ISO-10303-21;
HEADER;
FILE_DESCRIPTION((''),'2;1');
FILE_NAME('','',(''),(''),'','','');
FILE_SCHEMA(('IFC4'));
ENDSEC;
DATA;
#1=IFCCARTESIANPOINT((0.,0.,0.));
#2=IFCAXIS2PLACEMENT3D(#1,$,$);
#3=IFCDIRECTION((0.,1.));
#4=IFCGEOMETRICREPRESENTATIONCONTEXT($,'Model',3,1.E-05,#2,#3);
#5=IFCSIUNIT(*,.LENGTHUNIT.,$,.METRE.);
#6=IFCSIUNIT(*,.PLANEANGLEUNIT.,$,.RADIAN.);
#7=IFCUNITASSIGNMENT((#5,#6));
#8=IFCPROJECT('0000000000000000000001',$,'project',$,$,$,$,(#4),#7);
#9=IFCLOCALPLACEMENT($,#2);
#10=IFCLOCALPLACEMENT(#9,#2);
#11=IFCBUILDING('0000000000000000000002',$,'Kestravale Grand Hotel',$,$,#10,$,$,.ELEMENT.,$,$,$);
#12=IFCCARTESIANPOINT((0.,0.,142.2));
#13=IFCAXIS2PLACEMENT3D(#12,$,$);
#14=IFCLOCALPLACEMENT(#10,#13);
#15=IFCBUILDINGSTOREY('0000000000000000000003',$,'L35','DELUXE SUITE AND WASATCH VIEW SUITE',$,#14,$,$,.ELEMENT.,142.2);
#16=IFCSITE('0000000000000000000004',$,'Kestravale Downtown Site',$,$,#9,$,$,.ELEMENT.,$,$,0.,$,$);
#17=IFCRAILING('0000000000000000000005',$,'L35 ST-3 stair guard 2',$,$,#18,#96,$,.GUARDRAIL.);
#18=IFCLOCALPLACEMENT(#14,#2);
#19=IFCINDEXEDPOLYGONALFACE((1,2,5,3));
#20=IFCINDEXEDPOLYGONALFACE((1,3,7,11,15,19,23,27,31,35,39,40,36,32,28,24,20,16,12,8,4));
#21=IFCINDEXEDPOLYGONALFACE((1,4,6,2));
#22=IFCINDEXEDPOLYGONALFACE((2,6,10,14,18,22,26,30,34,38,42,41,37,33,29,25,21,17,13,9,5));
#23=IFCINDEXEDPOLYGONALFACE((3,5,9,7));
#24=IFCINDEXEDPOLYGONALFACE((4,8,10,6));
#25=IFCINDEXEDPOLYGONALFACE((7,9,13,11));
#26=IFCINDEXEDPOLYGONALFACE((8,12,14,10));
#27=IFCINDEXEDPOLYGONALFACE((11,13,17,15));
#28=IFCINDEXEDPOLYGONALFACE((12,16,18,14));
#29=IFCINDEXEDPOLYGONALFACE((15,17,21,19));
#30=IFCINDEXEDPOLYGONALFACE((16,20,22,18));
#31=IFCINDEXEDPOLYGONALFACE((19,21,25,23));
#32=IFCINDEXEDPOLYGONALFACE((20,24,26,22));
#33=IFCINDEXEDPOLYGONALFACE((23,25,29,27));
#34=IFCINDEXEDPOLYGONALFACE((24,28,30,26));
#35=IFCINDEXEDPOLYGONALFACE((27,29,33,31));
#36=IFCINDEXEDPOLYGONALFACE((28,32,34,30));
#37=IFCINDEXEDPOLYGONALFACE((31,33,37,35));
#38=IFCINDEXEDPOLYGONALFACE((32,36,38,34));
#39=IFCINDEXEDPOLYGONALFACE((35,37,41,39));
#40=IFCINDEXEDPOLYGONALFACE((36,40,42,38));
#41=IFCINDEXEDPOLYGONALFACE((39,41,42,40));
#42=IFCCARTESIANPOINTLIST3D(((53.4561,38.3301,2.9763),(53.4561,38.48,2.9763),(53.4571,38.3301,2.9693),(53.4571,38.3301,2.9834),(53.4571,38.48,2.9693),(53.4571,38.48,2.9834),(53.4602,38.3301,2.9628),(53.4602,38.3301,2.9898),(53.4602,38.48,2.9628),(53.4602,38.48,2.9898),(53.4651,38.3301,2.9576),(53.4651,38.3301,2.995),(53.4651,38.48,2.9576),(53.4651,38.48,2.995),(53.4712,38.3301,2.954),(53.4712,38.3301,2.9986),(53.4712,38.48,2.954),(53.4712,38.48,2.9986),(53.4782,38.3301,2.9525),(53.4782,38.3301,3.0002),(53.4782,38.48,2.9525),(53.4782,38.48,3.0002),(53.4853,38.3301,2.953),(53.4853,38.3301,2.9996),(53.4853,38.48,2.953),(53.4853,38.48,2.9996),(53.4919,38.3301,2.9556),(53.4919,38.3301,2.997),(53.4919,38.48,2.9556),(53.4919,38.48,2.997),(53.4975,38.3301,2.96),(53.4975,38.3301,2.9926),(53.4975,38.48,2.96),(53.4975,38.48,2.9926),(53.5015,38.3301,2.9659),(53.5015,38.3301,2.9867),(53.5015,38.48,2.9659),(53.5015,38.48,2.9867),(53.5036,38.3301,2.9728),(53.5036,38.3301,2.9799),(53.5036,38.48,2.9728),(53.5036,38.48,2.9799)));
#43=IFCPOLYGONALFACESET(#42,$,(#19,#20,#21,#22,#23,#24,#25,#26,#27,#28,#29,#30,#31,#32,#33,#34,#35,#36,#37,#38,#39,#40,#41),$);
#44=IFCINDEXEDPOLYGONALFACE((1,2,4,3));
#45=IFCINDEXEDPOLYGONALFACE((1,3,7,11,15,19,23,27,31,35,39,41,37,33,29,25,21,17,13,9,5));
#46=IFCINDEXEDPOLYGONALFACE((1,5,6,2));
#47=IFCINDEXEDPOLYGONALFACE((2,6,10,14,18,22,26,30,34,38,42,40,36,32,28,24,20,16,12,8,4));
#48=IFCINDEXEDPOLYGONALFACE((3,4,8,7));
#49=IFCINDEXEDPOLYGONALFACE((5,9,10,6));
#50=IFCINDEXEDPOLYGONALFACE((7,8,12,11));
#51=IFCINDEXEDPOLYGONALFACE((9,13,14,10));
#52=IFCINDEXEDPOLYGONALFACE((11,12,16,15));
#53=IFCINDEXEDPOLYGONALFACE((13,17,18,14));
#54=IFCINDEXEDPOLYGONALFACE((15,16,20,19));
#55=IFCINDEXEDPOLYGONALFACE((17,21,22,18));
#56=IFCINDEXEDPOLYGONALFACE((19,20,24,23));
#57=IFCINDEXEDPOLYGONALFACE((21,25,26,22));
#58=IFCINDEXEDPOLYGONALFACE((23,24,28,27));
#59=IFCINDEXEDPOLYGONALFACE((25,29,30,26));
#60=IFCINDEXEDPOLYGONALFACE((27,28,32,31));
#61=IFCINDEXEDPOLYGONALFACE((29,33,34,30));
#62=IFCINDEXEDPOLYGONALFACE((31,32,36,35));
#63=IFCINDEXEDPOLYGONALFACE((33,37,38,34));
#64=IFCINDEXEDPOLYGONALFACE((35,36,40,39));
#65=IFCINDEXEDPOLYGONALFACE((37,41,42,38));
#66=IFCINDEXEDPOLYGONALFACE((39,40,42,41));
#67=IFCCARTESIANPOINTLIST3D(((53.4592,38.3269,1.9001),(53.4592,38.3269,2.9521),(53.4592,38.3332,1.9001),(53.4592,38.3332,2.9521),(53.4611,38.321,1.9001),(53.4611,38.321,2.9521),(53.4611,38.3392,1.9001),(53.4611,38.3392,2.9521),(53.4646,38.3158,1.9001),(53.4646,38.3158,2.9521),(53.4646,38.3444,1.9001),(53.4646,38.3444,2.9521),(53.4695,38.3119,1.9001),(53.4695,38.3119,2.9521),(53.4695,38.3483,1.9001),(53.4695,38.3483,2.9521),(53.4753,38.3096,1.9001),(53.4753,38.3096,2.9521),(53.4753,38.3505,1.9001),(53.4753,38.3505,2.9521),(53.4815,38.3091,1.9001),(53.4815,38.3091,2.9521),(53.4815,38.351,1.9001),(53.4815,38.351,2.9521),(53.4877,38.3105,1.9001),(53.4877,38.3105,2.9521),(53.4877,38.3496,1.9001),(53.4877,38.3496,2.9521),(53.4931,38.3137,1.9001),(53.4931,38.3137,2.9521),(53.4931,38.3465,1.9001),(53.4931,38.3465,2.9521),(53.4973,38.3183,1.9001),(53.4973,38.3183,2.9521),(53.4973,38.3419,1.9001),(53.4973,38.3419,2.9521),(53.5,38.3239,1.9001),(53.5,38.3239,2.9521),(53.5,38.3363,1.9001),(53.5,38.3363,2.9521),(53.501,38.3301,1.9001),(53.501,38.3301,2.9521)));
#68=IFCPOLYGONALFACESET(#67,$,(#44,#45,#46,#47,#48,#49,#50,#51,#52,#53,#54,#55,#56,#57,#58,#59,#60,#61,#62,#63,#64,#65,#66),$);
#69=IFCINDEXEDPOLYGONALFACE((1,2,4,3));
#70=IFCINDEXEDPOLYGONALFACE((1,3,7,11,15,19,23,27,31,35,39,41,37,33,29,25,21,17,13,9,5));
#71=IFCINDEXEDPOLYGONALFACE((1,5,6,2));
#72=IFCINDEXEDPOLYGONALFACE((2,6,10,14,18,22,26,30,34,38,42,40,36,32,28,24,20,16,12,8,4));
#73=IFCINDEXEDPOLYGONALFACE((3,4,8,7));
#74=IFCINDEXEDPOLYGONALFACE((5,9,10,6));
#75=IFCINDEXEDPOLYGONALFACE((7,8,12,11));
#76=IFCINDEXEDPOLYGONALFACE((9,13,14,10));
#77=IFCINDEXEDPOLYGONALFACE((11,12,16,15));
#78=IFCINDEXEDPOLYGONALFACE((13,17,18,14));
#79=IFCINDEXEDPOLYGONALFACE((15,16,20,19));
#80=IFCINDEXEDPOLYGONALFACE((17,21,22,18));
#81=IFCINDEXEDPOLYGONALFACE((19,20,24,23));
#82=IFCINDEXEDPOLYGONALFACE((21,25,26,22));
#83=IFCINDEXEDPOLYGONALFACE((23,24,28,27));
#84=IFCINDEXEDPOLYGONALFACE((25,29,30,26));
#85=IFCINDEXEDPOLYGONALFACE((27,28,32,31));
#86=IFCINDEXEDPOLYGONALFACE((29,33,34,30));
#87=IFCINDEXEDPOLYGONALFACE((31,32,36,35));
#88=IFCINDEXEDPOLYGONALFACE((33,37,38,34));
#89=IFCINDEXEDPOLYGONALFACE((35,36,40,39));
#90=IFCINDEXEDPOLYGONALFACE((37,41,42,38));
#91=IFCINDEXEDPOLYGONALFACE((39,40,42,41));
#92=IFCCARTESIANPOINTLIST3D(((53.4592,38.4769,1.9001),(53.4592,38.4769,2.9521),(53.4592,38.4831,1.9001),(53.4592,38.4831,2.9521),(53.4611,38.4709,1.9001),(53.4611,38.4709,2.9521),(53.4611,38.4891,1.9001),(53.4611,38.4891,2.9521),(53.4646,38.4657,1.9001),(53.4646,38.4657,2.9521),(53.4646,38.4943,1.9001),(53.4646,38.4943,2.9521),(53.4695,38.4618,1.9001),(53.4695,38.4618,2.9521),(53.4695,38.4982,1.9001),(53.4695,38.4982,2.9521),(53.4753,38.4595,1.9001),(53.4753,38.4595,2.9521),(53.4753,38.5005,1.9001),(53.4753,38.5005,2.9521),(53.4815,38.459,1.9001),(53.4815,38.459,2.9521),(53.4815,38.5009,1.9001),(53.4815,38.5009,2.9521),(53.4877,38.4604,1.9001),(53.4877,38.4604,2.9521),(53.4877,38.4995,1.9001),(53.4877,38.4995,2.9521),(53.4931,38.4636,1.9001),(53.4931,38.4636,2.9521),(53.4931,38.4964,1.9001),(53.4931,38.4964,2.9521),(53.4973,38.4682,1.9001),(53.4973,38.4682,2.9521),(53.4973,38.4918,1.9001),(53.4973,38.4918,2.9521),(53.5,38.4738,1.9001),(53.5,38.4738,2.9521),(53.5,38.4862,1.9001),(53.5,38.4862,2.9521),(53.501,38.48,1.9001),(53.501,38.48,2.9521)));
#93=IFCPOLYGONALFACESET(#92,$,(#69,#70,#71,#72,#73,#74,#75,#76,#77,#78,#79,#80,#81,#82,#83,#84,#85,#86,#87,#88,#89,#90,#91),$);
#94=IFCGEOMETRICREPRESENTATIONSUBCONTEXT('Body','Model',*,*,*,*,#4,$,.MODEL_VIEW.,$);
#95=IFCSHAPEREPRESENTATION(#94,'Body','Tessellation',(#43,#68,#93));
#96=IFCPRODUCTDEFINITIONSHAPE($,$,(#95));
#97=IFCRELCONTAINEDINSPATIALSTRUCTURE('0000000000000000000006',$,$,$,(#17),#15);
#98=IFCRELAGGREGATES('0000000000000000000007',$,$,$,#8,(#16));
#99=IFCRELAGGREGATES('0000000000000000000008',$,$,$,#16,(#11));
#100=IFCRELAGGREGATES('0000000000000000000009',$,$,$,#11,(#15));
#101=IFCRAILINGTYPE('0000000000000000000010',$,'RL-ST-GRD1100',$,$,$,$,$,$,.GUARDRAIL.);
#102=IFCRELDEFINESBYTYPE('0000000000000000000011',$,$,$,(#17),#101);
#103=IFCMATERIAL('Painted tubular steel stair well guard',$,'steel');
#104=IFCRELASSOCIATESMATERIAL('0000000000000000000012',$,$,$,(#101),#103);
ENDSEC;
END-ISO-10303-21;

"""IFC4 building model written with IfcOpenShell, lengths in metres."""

from ifc_helpers import new_model, si_unit, direction, frame, origin, origin_2d, place, context, subcontext, project, spatial, circle, extrude, material, type_object, element, save


model = new_model("IFC4")

# Units and contexts
model_context = context("Model", 3, precision=1e-05, world=origin(), true_north=direction((0.0, 1.0)))
body_context = subcontext(model_context, "Body", "Model", "MODEL_VIEW")
ifc_project = project(units=[si_unit("LENGTHUNIT", "METRE"), si_unit("PLANEANGLEUNIT", "RADIAN")], contexts=[model_context])

# Site, building, storey
site_placement = place(None, origin())
site = spatial("IfcSite", under=ifc_project, at=site_placement, Name="Kestravale Downtown Site", CompositionType="ELEMENT", RefElevation=0.0)
building_placement = place(site_placement, origin())
building = spatial("IfcBuilding", under=site, at=building_placement, Name="Kestravale Grand Hotel", CompositionType="ELEMENT")
storey_placement = place(building_placement, frame((0.0, 0.0, 142.2)))
storey = spatial("IfcBuildingStorey", under=building, at=storey_placement, Name="L35", Description="DELUXE SUITE AND WASATCH VIEW SUITE", CompositionType="ELEMENT", Elevation=142.2)

# Railing
ifc_material_1 = material(Name="Painted tubular steel stair well guard", Category="steel")
railing_type_1 = type_object("IfcRailingType", Name="RL-ST-GRD1100", PredefinedType="GUARDRAIL", material=ifc_material_1)
railing_1_placement = place(storey_placement, frame((53.48, 38.3301, 1.9001)))
element("IfcRailing", 1, at=railing_1_placement, inside=storey, type_object=railing_type_1, Name="L35 ST-3 stair guard 2", PredefinedType="GUARDRAIL", context=body_context, shape_type="SweptSolid", body=[
    extrude(circle(Radius=0.0239, at=origin_2d()), frame((0.0, 0.0, 1.0762), z_axis=(0.0, 1.0, 0.0), x_axis=(-1.0, 0.0, 0.0)), (0.0, 0.0, 1.0), 0.1499),
    extrude(circle(Radius=0.021, at=origin_2d()), origin(), (0.0, 0.0, 1.0), 1.052),
    extrude(circle(Radius=0.021, at=origin_2d()), frame((0.0, 0.1499, 0.0)), (0.0, 0.0, 1.0), 1.052),
])

save(model, "model.ifc")
